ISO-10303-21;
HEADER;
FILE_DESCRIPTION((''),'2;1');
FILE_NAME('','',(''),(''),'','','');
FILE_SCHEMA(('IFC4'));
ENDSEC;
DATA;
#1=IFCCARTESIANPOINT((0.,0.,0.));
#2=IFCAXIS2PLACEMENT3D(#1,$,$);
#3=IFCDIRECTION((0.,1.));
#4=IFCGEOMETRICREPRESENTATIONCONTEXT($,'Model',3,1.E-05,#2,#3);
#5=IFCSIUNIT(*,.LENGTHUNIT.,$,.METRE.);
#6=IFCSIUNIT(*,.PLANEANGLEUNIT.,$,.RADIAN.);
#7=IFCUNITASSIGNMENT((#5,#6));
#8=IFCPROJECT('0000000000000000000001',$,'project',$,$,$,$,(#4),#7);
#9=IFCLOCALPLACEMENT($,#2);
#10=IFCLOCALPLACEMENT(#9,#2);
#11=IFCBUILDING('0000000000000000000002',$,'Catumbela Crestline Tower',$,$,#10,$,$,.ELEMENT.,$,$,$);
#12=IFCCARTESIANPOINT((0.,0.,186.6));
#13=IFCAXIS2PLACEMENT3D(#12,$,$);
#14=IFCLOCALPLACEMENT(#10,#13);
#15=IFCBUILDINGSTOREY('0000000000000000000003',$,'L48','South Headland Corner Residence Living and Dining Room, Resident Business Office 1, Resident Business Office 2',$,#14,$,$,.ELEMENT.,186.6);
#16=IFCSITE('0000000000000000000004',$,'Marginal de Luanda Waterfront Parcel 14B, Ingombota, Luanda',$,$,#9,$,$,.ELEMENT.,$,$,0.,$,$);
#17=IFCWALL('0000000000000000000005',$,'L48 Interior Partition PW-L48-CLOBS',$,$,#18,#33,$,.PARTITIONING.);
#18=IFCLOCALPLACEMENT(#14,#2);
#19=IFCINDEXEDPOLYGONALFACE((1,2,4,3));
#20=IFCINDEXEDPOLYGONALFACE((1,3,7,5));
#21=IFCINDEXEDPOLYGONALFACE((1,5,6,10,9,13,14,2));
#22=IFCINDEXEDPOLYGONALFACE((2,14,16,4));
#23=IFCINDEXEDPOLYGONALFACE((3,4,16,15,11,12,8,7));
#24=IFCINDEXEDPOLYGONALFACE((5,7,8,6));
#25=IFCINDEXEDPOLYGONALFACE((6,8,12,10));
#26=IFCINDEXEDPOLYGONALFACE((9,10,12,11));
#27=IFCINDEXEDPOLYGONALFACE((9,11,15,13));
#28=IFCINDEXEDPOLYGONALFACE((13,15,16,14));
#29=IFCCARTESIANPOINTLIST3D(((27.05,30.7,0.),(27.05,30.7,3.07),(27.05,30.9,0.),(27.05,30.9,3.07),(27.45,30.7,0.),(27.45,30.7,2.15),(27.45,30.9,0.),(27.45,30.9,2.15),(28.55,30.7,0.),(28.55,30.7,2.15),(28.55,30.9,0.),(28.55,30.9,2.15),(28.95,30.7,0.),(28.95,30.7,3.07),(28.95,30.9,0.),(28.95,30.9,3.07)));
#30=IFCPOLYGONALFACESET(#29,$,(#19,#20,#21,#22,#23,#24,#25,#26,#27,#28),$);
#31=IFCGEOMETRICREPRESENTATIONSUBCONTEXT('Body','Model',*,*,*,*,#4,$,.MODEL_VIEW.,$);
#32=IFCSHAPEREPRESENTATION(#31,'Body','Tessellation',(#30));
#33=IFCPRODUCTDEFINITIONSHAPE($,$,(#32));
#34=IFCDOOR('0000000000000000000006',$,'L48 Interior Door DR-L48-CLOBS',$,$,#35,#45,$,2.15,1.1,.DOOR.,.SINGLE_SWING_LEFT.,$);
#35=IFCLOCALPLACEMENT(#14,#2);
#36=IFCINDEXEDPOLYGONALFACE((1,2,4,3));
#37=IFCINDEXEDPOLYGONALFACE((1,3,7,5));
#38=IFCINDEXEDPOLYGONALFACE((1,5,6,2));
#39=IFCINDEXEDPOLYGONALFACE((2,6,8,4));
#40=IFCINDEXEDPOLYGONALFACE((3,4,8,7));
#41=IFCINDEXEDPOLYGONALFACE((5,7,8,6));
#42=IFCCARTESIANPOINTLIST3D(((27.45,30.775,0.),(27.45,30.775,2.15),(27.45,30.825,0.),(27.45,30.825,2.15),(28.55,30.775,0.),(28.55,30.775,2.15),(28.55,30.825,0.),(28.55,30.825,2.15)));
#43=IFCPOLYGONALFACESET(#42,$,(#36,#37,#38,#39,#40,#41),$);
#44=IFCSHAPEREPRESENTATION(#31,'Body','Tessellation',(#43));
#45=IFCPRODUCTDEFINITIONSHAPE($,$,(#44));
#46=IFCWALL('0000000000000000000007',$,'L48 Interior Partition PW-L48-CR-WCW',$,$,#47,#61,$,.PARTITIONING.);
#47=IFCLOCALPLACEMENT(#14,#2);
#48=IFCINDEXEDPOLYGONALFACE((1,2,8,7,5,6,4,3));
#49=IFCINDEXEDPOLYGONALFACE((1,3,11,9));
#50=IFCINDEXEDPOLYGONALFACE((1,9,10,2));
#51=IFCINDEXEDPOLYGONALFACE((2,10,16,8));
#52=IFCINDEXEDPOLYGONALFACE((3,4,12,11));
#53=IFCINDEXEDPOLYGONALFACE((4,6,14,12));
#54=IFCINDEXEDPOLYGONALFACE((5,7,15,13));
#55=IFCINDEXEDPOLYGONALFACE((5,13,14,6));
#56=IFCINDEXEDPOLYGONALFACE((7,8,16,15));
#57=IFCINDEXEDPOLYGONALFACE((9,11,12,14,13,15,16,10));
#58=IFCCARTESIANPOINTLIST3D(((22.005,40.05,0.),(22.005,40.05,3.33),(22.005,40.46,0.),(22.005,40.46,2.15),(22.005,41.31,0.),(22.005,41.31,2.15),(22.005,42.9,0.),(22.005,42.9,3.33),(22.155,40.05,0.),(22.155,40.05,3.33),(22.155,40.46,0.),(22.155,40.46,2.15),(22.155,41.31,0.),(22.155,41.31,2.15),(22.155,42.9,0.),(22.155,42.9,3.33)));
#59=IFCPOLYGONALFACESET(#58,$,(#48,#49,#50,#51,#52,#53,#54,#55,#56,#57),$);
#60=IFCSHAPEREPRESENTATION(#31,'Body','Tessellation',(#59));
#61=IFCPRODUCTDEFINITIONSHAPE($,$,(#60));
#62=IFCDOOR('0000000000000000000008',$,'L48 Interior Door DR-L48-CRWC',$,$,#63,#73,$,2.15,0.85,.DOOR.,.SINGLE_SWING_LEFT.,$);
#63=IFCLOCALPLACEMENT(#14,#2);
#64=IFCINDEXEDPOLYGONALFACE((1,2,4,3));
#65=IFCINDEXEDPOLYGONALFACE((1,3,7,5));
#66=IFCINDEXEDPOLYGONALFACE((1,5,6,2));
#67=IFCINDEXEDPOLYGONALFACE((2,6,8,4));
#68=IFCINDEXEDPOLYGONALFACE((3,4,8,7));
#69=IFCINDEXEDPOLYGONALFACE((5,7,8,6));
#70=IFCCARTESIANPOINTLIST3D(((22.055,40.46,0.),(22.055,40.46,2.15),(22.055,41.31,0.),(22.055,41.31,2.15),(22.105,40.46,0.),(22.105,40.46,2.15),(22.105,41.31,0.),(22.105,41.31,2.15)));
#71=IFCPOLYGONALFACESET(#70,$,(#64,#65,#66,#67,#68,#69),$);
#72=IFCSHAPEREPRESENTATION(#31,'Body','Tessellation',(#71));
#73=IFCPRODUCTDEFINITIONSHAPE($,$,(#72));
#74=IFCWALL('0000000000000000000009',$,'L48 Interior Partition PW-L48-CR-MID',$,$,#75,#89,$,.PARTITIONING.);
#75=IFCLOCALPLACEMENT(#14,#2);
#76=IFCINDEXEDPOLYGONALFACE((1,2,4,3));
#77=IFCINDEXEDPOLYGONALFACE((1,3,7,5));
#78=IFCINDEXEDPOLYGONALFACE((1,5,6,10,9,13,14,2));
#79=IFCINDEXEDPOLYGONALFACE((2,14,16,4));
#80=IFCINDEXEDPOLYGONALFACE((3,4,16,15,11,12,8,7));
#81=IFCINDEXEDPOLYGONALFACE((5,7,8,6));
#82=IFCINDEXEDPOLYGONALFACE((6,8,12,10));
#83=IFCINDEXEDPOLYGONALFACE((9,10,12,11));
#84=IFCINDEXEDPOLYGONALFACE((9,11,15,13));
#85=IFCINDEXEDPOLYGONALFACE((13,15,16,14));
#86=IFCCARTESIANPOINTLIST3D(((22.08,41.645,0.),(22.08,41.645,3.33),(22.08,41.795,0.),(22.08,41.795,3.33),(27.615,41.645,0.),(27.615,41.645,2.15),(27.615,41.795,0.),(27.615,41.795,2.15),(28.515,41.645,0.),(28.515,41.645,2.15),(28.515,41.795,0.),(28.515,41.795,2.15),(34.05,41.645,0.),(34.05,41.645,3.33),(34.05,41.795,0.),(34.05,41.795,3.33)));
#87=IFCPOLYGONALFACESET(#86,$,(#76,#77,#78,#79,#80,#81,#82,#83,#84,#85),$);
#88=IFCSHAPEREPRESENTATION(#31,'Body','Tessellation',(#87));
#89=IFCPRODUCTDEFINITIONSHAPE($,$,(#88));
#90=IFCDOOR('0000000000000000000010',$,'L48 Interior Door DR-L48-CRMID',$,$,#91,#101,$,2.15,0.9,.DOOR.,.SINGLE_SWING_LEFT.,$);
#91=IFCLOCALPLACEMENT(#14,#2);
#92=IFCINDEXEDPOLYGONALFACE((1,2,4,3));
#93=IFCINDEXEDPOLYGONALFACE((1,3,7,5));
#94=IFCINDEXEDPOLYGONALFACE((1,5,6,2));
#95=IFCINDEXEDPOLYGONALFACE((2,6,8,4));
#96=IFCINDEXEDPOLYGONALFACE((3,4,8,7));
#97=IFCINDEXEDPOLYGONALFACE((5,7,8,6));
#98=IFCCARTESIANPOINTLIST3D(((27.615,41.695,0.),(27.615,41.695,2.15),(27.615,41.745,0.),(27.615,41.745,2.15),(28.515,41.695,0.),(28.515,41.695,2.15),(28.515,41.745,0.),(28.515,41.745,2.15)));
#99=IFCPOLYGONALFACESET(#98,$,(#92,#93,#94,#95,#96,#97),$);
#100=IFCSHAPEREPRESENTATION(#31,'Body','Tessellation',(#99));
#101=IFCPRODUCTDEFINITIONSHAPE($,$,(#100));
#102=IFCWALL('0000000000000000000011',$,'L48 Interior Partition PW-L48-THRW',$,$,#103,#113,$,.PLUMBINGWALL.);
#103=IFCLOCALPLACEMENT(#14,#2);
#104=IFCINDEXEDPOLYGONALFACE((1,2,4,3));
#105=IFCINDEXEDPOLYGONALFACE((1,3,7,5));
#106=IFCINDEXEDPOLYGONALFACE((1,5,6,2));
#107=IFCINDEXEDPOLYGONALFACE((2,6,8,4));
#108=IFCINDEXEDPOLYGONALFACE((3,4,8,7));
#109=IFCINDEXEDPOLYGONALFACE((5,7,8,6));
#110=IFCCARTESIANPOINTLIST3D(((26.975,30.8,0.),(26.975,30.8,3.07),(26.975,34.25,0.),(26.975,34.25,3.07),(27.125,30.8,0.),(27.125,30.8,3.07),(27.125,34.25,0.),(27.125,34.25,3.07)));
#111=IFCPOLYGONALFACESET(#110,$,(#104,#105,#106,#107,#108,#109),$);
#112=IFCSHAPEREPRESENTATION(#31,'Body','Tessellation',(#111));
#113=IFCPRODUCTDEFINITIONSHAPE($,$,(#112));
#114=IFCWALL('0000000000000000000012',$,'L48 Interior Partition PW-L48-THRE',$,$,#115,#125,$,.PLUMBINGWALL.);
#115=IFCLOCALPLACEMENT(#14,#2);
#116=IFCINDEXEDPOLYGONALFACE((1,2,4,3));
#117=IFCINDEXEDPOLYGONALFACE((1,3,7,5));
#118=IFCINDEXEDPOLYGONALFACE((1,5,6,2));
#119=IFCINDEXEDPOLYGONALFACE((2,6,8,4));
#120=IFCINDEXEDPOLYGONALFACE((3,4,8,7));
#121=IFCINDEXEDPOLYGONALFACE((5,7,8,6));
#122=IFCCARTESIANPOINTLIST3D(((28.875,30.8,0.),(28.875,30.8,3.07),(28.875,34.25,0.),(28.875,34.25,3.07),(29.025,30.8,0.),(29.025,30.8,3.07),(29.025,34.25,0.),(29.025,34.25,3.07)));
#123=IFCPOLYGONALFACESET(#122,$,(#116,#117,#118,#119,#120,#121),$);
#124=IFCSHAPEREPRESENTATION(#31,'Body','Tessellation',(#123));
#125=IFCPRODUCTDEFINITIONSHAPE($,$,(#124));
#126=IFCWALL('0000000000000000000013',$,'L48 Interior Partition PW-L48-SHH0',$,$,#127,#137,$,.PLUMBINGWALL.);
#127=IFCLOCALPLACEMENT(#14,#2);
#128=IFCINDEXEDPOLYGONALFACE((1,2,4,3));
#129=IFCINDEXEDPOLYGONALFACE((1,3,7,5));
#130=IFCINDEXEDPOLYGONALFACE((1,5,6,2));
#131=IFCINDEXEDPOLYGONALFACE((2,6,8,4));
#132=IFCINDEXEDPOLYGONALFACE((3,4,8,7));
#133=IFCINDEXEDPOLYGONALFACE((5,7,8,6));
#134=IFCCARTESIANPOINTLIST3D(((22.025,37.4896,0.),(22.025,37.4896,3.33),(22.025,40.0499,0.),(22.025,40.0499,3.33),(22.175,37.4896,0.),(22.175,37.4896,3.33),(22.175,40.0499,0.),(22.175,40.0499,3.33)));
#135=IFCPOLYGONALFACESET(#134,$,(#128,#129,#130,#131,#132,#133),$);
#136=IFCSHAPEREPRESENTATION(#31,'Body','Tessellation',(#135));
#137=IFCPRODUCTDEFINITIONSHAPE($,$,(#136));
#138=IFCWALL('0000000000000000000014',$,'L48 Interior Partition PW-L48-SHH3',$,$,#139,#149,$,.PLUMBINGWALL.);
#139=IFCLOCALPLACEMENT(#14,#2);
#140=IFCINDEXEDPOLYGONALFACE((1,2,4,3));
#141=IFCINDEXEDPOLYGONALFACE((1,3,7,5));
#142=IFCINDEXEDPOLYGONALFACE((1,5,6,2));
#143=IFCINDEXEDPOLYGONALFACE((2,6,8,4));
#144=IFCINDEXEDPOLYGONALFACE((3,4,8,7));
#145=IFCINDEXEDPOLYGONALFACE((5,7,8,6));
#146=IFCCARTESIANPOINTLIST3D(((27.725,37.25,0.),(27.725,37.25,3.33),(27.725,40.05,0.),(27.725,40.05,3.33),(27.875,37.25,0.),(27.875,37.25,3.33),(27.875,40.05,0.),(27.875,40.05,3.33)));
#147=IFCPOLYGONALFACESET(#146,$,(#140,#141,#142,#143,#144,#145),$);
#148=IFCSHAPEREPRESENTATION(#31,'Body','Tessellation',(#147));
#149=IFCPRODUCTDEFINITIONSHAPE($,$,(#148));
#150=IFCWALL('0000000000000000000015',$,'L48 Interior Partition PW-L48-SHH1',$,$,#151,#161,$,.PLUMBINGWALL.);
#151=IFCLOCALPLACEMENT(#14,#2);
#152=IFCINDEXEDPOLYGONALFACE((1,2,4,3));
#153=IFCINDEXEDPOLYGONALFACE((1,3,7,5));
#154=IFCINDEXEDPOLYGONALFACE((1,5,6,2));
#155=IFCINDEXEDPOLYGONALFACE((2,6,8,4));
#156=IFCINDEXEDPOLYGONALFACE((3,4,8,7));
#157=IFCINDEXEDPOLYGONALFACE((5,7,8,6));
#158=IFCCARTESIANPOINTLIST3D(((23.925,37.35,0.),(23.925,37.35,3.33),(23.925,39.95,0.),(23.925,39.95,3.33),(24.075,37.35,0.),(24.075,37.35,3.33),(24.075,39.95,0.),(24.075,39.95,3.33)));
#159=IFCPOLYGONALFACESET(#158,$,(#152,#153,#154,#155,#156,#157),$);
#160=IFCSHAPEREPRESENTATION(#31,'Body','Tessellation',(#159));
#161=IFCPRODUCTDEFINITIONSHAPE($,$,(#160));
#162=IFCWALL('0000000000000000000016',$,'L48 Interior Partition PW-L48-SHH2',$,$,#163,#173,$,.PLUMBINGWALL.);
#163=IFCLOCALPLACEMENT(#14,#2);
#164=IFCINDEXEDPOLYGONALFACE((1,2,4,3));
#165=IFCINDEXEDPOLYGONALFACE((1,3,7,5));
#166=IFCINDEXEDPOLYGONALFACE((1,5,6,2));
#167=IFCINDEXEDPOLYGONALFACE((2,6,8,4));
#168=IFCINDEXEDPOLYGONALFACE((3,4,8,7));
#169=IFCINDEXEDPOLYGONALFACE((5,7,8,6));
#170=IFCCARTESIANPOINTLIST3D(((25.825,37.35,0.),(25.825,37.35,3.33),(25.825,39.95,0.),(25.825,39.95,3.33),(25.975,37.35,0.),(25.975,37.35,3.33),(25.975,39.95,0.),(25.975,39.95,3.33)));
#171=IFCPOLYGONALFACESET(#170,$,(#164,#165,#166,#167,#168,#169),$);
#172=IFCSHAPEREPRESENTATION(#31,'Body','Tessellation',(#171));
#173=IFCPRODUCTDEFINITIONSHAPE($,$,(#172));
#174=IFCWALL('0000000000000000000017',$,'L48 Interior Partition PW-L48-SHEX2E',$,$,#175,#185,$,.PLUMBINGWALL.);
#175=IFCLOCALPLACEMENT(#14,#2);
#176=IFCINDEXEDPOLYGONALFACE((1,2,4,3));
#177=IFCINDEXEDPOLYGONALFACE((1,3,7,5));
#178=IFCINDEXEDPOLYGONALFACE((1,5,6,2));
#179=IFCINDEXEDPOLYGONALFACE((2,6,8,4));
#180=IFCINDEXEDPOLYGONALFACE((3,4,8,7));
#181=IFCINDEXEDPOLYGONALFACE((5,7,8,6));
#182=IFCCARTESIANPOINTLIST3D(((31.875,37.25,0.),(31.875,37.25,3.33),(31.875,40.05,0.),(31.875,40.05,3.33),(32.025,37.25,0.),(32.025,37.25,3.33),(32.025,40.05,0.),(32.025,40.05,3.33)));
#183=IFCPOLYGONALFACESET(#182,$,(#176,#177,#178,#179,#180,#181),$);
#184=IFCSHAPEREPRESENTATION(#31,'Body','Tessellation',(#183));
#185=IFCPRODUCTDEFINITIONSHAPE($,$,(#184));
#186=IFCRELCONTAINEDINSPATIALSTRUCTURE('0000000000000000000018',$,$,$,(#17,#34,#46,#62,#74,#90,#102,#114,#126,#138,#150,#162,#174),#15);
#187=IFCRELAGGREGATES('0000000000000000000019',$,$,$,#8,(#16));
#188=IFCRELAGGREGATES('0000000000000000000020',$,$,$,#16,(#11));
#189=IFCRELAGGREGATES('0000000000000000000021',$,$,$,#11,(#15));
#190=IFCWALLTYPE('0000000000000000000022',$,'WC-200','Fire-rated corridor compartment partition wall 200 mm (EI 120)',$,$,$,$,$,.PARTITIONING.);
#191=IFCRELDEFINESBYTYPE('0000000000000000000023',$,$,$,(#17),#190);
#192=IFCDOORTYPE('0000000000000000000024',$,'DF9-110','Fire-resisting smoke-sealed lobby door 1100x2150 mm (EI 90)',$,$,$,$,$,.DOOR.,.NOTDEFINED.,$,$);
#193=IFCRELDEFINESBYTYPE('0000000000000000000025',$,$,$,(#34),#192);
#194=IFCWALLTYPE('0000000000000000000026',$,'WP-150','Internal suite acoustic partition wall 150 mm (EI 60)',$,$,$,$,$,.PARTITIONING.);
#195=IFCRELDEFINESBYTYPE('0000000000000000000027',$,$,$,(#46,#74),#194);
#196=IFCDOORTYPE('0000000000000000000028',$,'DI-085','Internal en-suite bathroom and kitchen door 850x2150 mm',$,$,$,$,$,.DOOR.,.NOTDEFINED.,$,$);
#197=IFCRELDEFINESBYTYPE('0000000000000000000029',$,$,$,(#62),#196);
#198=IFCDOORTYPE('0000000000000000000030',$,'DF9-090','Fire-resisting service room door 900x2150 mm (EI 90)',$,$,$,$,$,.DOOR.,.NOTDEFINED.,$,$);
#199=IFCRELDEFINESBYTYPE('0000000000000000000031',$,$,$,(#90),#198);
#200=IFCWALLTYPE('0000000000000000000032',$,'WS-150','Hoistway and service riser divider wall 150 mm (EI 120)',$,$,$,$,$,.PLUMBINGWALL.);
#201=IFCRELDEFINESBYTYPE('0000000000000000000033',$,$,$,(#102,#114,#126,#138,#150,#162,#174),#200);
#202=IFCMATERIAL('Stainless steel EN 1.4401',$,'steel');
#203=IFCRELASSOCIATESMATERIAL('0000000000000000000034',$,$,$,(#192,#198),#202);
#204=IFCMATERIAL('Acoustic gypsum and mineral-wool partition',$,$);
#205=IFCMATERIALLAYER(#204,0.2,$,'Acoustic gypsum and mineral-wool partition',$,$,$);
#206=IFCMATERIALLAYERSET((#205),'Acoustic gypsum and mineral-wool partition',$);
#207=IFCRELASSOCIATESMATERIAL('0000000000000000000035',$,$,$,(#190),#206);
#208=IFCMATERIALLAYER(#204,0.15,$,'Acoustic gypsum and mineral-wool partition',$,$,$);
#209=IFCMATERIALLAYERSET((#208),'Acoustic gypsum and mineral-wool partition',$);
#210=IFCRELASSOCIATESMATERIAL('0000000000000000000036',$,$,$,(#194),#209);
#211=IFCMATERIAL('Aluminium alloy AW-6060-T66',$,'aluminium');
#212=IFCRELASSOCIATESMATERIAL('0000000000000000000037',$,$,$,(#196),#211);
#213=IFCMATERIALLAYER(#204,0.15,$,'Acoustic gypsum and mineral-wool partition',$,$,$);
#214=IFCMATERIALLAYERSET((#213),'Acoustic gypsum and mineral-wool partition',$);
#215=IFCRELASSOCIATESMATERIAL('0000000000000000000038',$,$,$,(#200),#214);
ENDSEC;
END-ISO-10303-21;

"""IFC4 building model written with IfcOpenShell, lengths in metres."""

from ifc_helpers import new_model, si_unit, direction, frame, frame_2d, origin, place, context, subcontext, project, spatial, rectangle, extrude, material, layer, layer_set, type_object, element, fill, save


model = new_model("IFC4")

# Units and contexts
model_context = context("Model", 3, precision=1e-05, world=origin(), true_north=direction((0.0, 1.0)))
body_context = subcontext(model_context, "Body", "Model", "MODEL_VIEW")
ifc_project = project(units=[si_unit("LENGTHUNIT", "METRE"), si_unit("PLANEANGLEUNIT", "RADIAN")], contexts=[model_context])

# Site, building, storey
site_placement = place(None, origin())
site = spatial("IfcSite", under=ifc_project, at=site_placement, Name="Marginal de Luanda Waterfront Parcel 14B, Ingombota, Luanda", CompositionType="ELEMENT", RefElevation=0.0)
building_placement = place(site_placement, origin())
building = spatial("IfcBuilding", under=site, at=building_placement, Name="Catumbela Crestline Tower", CompositionType="ELEMENT")
storey_placement = place(building_placement, frame((0.0, 0.0, 186.6)))
storey = spatial("IfcBuildingStorey", under=building, at=storey_placement, Name="L48", Description="South Headland Corner Residence Living and Dining Room, Resident Business Office 1, Resident Business Office 2", CompositionType="ELEMENT", Elevation=186.6)

# Shared definitions
ifc_material_1 = material(Name="Stainless steel EN 1.4401", Category="steel")

# Walls, openings, doors
door_type_1 = type_object("IfcDoorType", Name="DF9-110", Description="Fire-resisting smoke-sealed lobby door 1100x2150 mm (EI 90)", OperationType="NOTDEFINED", PredefinedType="DOOR", material=ifc_material_1)
ifc_material_2 = material(Name="Acoustic gypsum and mineral-wool partition")
ifc_layer_1 = layer(ifc_material_2, 0.2, Name="Acoustic gypsum and mineral-wool partition")
ifc_layer_set_1 = layer_set([ifc_layer_1], Name="Acoustic gypsum and mineral-wool partition")
wall_type_1 = type_object("IfcWallType", Name="WC-200", Description="Fire-rated corridor compartment partition wall 200 mm (EI 120)", PredefinedType="PARTITIONING", material=ifc_layer_set_1)
wall_1_placement = place(storey_placement, frame((27.05, 30.8, 0.0), z_axis=(0.0, 0.0, 1.0), x_axis=(1.0, 0.0, 0.0)))
wall_1 = element("IfcWall", 1, at=wall_1_placement, inside=storey, type_object=wall_type_1, Name="L48 Interior Partition PW-L48-CLOBS", PredefinedType="PARTITIONING", context=body_context, shape_type="SweptSolid", body=[
    extrude(rectangle(XDim=1.9, YDim=0.2, at=frame_2d((0.95, 0.0))), origin(), (0.0, 0.0, 1.0), 3.07),
])
opening_1_placement = place(wall_1_placement, frame((0.4, 0.0, 0.0)))
opening_1 = element("IfcOpeningElement", 2, at=opening_1_placement, cuts=wall_1, PredefinedType="OPENING", context=body_context, shape_type="SweptSolid", body=[
    extrude(rectangle(XDim=1.1, YDim=2.15, at=frame_2d((0.55, 1.075))), frame((0.0, 0.11, 0.0), z_axis=(0.0, -1.0, 0.0), x_axis=(1.0, 0.0, 0.0)), (0.0, 0.0, 1.0), 0.22),
])
door_1_placement = place(opening_1_placement, origin())
door_1 = element("IfcDoor", 3, at=door_1_placement, inside=storey, type_object=door_type_1, Name="L48 Interior Door DR-L48-CLOBS", OperationType="SINGLE_SWING_LEFT", OverallHeight=2.15, OverallWidth=1.1, PredefinedType="DOOR", context=body_context, shape_type="SweptSolid", body=[
    extrude(rectangle(XDim=1.1, YDim=2.15, at=frame_2d((0.55, 1.075))), frame((0.0, 0.025, 0.0), z_axis=(0.0, -1.0, 0.0), x_axis=(1.0, 0.0, 0.0)), (0.0, 0.0, 1.0), 0.05),
])
fill(opening_1, door_1)
ifc_layer_2 = layer(ifc_material_2, 0.15, Name="Acoustic gypsum and mineral-wool partition")
ifc_layer_set_2 = layer_set([ifc_layer_2], Name="Acoustic gypsum and mineral-wool partition")
wall_type_2 = type_object("IfcWallType", Name="WP-150", Description="Internal suite acoustic partition wall 150 mm (EI 60)", PredefinedType="PARTITIONING", material=ifc_layer_set_2)
wall_2_placement = place(storey_placement, frame((22.08, 40.05, 0.0), z_axis=(0.0, 0.0, 1.0), x_axis=(0.0, 1.0, 0.0)))
wall_2 = element("IfcWall", 4, at=wall_2_placement, inside=storey, type_object=wall_type_2, Name="L48 Interior Partition PW-L48-CR-WCW", PredefinedType="PARTITIONING", context=body_context, shape_type="SweptSolid", body=[
    extrude(rectangle(XDim=2.85, YDim=0.15, at=frame_2d((1.425, 0.0))), origin(), (0.0, 0.0, 1.0), 3.33),
])
opening_2_placement = place(wall_2_placement, frame((0.41, 0.0, 0.0)))
opening_2 = element("IfcOpeningElement", 5, at=opening_2_placement, cuts=wall_2, PredefinedType="OPENING", context=body_context, shape_type="SweptSolid", body=[
    extrude(rectangle(XDim=0.85, YDim=2.15, at=frame_2d((0.425, 1.075))), frame((0.0, 0.085, 0.0), z_axis=(0.0, -1.0, 0.0), x_axis=(1.0, 0.0, 0.0)), (0.0, 0.0, 1.0), 0.17),
])
ifc_material_3 = material(Name="Aluminium alloy AW-6060-T66", Category="aluminium")
door_type_2 = type_object("IfcDoorType", Name="DI-085", Description="Internal en-suite bathroom and kitchen door 850x2150 mm", OperationType="NOTDEFINED", PredefinedType="DOOR", material=ifc_material_3)
door_2_placement = place(opening_2_placement, origin())
door_2 = element("IfcDoor", 6, at=door_2_placement, inside=storey, type_object=door_type_2, Name="L48 Interior Door DR-L48-CRWC", OperationType="SINGLE_SWING_LEFT", OverallHeight=2.15, OverallWidth=0.85, PredefinedType="DOOR", context=body_context, shape_type="SweptSolid", body=[
    extrude(rectangle(XDim=0.85, YDim=2.15, at=frame_2d((0.425, 1.075))), frame((0.0, 0.025, 0.0), z_axis=(0.0, -1.0, 0.0), x_axis=(1.0, 0.0, 0.0)), (0.0, 0.0, 1.0), 0.05),
])
fill(opening_2, door_2)
wall_3_placement = place(storey_placement, frame((22.08, 41.72, 0.0), z_axis=(0.0, 0.0, 1.0), x_axis=(1.0, 0.0, 0.0)))
wall_3 = element("IfcWall", 7, at=wall_3_placement, inside=storey, type_object=wall_type_2, Name="L48 Interior Partition PW-L48-CR-MID", PredefinedType="PARTITIONING", context=body_context, shape_type="SweptSolid", body=[
    extrude(rectangle(XDim=11.97, YDim=0.15, at=frame_2d((5.985, 0.0))), origin(), (0.0, 0.0, 1.0), 3.33),
])
opening_3_placement = place(wall_3_placement, frame((5.535, 0.0, 0.0)))
opening_3 = element("IfcOpeningElement", 8, at=opening_3_placement, cuts=wall_3, PredefinedType="OPENING", context=body_context, shape_type="SweptSolid", body=[
    extrude(rectangle(XDim=0.9, YDim=2.15, at=frame_2d((0.45, 1.075))), frame((0.0, 0.085, 0.0), z_axis=(0.0, -1.0, 0.0), x_axis=(1.0, 0.0, 0.0)), (0.0, 0.0, 1.0), 0.17),
])
door_type_3 = type_object("IfcDoorType", Name="DF9-090", Description="Fire-resisting service room door 900x2150 mm (EI 90)", OperationType="NOTDEFINED", PredefinedType="DOOR", material=ifc_material_1)
door_3_placement = place(opening_3_placement, origin())
door_3 = element("IfcDoor", 9, at=door_3_placement, inside=storey, type_object=door_type_3, Name="L48 Interior Door DR-L48-CRMID", OperationType="SINGLE_SWING_LEFT", OverallHeight=2.15, OverallWidth=0.9, PredefinedType="DOOR", context=body_context, shape_type="SweptSolid", body=[
    extrude(rectangle(XDim=0.9, YDim=2.15, at=frame_2d((0.45, 1.075))), frame((0.0, 0.025, 0.0), z_axis=(0.0, -1.0, 0.0), x_axis=(1.0, 0.0, 0.0)), (0.0, 0.0, 1.0), 0.05),
])
fill(opening_3, door_3)

# Walls
ifc_layer_3 = layer(ifc_material_2, 0.15, Name="Acoustic gypsum and mineral-wool partition")
ifc_layer_set_3 = layer_set([ifc_layer_3], Name="Acoustic gypsum and mineral-wool partition")
wall_type_3 = type_object("IfcWallType", Name="WS-150", Description="Hoistway and service riser divider wall 150 mm (EI 120)", PredefinedType="PLUMBINGWALL", material=ifc_layer_set_3)
for number, where, z_axis, x_axis, name in (
    (10, (27.05, 30.8, 0.0), (0.0, 0.0, 1.0), (0.0, 1.0, 0.0), "L48 Interior Partition PW-L48-THRW"),
    (11, (28.95, 30.8, 0.0), (0.0, 0.0, 1.0), (0.0, 1.0, 0.0), "L48 Interior Partition PW-L48-THRE"),
):
    element("IfcWall", number, at=place(storey_placement, frame(where, z_axis=z_axis, x_axis=x_axis)), inside=storey, type_object=wall_type_3, Name=name, PredefinedType="PLUMBINGWALL", context=body_context, shape_type="SweptSolid", body=[
        extrude(rectangle(XDim=3.45, YDim=0.15, at=frame_2d((1.725, 0.0))), origin(), (0.0, 0.0, 1.0), 3.07),
    ])
wall_4_placement = place(storey_placement, frame((22.1, 37.4897, 0.0), z_axis=(0.0, 0.0, 1.0), x_axis=(0.0, 1.0, 0.0)))
element("IfcWall", 12, at=wall_4_placement, inside=storey, type_object=wall_type_3, Name="L48 Interior Partition PW-L48-SHH0", PredefinedType="PLUMBINGWALL", context=body_context, shape_type="SweptSolid", body=[
    extrude(rectangle(XDim=2.5603, YDim=0.15, at=frame_2d((1.2801, 0.0))), origin(), (0.0, 0.0, 1.0), 3.33),
])
wall_5_placement = place(storey_placement, frame((27.8, 37.25, 0.0), z_axis=(0.0, 0.0, 1.0), x_axis=(0.0, 1.0, 0.0)))
element("IfcWall", 13, at=wall_5_placement, inside=storey, type_object=wall_type_3, Name="L48 Interior Partition PW-L48-SHH3", PredefinedType="PLUMBINGWALL", context=body_context, shape_type="SweptSolid", body=[
    extrude(rectangle(XDim=2.8, YDim=0.15, at=frame_2d((1.4, 0.0))), origin(), (0.0, 0.0, 1.0), 3.33),
])
for number, where, z_axis, x_axis, name in (
    (14, (24.0, 37.35, 0.0), (0.0, 0.0, 1.0), (0.0, 1.0, 0.0), "L48 Interior Partition PW-L48-SHH1"),
    (15, (25.9, 37.35, 0.0), (0.0, 0.0, 1.0), (0.0, 1.0, 0.0), "L48 Interior Partition PW-L48-SHH2"),
):
    element("IfcWall", number, at=place(storey_placement, frame(where, z_axis=z_axis, x_axis=x_axis)), inside=storey, type_object=wall_type_3, Name=name, PredefinedType="PLUMBINGWALL", context=body_context, shape_type="SweptSolid", body=[
        extrude(rectangle(XDim=2.6, YDim=0.15, at=frame_2d((1.3, 0.0))), origin(), (0.0, 0.0, 1.0), 3.33),
    ])
wall_6_placement = place(storey_placement, frame((31.95, 37.25, 0.0), z_axis=(0.0, 0.0, 1.0), x_axis=(0.0, 1.0, 0.0)))
element("IfcWall", 16, at=wall_6_placement, inside=storey, type_object=wall_type_3, Name="L48 Interior Partition PW-L48-SHEX2E", PredefinedType="PLUMBINGWALL", context=body_context, shape_type="SweptSolid", body=[
    extrude(rectangle(XDim=2.8, YDim=0.15, at=frame_2d((1.4, 0.0))), origin(), (0.0, 0.0, 1.0), 3.33),
])

save(model, "model.ifc")
